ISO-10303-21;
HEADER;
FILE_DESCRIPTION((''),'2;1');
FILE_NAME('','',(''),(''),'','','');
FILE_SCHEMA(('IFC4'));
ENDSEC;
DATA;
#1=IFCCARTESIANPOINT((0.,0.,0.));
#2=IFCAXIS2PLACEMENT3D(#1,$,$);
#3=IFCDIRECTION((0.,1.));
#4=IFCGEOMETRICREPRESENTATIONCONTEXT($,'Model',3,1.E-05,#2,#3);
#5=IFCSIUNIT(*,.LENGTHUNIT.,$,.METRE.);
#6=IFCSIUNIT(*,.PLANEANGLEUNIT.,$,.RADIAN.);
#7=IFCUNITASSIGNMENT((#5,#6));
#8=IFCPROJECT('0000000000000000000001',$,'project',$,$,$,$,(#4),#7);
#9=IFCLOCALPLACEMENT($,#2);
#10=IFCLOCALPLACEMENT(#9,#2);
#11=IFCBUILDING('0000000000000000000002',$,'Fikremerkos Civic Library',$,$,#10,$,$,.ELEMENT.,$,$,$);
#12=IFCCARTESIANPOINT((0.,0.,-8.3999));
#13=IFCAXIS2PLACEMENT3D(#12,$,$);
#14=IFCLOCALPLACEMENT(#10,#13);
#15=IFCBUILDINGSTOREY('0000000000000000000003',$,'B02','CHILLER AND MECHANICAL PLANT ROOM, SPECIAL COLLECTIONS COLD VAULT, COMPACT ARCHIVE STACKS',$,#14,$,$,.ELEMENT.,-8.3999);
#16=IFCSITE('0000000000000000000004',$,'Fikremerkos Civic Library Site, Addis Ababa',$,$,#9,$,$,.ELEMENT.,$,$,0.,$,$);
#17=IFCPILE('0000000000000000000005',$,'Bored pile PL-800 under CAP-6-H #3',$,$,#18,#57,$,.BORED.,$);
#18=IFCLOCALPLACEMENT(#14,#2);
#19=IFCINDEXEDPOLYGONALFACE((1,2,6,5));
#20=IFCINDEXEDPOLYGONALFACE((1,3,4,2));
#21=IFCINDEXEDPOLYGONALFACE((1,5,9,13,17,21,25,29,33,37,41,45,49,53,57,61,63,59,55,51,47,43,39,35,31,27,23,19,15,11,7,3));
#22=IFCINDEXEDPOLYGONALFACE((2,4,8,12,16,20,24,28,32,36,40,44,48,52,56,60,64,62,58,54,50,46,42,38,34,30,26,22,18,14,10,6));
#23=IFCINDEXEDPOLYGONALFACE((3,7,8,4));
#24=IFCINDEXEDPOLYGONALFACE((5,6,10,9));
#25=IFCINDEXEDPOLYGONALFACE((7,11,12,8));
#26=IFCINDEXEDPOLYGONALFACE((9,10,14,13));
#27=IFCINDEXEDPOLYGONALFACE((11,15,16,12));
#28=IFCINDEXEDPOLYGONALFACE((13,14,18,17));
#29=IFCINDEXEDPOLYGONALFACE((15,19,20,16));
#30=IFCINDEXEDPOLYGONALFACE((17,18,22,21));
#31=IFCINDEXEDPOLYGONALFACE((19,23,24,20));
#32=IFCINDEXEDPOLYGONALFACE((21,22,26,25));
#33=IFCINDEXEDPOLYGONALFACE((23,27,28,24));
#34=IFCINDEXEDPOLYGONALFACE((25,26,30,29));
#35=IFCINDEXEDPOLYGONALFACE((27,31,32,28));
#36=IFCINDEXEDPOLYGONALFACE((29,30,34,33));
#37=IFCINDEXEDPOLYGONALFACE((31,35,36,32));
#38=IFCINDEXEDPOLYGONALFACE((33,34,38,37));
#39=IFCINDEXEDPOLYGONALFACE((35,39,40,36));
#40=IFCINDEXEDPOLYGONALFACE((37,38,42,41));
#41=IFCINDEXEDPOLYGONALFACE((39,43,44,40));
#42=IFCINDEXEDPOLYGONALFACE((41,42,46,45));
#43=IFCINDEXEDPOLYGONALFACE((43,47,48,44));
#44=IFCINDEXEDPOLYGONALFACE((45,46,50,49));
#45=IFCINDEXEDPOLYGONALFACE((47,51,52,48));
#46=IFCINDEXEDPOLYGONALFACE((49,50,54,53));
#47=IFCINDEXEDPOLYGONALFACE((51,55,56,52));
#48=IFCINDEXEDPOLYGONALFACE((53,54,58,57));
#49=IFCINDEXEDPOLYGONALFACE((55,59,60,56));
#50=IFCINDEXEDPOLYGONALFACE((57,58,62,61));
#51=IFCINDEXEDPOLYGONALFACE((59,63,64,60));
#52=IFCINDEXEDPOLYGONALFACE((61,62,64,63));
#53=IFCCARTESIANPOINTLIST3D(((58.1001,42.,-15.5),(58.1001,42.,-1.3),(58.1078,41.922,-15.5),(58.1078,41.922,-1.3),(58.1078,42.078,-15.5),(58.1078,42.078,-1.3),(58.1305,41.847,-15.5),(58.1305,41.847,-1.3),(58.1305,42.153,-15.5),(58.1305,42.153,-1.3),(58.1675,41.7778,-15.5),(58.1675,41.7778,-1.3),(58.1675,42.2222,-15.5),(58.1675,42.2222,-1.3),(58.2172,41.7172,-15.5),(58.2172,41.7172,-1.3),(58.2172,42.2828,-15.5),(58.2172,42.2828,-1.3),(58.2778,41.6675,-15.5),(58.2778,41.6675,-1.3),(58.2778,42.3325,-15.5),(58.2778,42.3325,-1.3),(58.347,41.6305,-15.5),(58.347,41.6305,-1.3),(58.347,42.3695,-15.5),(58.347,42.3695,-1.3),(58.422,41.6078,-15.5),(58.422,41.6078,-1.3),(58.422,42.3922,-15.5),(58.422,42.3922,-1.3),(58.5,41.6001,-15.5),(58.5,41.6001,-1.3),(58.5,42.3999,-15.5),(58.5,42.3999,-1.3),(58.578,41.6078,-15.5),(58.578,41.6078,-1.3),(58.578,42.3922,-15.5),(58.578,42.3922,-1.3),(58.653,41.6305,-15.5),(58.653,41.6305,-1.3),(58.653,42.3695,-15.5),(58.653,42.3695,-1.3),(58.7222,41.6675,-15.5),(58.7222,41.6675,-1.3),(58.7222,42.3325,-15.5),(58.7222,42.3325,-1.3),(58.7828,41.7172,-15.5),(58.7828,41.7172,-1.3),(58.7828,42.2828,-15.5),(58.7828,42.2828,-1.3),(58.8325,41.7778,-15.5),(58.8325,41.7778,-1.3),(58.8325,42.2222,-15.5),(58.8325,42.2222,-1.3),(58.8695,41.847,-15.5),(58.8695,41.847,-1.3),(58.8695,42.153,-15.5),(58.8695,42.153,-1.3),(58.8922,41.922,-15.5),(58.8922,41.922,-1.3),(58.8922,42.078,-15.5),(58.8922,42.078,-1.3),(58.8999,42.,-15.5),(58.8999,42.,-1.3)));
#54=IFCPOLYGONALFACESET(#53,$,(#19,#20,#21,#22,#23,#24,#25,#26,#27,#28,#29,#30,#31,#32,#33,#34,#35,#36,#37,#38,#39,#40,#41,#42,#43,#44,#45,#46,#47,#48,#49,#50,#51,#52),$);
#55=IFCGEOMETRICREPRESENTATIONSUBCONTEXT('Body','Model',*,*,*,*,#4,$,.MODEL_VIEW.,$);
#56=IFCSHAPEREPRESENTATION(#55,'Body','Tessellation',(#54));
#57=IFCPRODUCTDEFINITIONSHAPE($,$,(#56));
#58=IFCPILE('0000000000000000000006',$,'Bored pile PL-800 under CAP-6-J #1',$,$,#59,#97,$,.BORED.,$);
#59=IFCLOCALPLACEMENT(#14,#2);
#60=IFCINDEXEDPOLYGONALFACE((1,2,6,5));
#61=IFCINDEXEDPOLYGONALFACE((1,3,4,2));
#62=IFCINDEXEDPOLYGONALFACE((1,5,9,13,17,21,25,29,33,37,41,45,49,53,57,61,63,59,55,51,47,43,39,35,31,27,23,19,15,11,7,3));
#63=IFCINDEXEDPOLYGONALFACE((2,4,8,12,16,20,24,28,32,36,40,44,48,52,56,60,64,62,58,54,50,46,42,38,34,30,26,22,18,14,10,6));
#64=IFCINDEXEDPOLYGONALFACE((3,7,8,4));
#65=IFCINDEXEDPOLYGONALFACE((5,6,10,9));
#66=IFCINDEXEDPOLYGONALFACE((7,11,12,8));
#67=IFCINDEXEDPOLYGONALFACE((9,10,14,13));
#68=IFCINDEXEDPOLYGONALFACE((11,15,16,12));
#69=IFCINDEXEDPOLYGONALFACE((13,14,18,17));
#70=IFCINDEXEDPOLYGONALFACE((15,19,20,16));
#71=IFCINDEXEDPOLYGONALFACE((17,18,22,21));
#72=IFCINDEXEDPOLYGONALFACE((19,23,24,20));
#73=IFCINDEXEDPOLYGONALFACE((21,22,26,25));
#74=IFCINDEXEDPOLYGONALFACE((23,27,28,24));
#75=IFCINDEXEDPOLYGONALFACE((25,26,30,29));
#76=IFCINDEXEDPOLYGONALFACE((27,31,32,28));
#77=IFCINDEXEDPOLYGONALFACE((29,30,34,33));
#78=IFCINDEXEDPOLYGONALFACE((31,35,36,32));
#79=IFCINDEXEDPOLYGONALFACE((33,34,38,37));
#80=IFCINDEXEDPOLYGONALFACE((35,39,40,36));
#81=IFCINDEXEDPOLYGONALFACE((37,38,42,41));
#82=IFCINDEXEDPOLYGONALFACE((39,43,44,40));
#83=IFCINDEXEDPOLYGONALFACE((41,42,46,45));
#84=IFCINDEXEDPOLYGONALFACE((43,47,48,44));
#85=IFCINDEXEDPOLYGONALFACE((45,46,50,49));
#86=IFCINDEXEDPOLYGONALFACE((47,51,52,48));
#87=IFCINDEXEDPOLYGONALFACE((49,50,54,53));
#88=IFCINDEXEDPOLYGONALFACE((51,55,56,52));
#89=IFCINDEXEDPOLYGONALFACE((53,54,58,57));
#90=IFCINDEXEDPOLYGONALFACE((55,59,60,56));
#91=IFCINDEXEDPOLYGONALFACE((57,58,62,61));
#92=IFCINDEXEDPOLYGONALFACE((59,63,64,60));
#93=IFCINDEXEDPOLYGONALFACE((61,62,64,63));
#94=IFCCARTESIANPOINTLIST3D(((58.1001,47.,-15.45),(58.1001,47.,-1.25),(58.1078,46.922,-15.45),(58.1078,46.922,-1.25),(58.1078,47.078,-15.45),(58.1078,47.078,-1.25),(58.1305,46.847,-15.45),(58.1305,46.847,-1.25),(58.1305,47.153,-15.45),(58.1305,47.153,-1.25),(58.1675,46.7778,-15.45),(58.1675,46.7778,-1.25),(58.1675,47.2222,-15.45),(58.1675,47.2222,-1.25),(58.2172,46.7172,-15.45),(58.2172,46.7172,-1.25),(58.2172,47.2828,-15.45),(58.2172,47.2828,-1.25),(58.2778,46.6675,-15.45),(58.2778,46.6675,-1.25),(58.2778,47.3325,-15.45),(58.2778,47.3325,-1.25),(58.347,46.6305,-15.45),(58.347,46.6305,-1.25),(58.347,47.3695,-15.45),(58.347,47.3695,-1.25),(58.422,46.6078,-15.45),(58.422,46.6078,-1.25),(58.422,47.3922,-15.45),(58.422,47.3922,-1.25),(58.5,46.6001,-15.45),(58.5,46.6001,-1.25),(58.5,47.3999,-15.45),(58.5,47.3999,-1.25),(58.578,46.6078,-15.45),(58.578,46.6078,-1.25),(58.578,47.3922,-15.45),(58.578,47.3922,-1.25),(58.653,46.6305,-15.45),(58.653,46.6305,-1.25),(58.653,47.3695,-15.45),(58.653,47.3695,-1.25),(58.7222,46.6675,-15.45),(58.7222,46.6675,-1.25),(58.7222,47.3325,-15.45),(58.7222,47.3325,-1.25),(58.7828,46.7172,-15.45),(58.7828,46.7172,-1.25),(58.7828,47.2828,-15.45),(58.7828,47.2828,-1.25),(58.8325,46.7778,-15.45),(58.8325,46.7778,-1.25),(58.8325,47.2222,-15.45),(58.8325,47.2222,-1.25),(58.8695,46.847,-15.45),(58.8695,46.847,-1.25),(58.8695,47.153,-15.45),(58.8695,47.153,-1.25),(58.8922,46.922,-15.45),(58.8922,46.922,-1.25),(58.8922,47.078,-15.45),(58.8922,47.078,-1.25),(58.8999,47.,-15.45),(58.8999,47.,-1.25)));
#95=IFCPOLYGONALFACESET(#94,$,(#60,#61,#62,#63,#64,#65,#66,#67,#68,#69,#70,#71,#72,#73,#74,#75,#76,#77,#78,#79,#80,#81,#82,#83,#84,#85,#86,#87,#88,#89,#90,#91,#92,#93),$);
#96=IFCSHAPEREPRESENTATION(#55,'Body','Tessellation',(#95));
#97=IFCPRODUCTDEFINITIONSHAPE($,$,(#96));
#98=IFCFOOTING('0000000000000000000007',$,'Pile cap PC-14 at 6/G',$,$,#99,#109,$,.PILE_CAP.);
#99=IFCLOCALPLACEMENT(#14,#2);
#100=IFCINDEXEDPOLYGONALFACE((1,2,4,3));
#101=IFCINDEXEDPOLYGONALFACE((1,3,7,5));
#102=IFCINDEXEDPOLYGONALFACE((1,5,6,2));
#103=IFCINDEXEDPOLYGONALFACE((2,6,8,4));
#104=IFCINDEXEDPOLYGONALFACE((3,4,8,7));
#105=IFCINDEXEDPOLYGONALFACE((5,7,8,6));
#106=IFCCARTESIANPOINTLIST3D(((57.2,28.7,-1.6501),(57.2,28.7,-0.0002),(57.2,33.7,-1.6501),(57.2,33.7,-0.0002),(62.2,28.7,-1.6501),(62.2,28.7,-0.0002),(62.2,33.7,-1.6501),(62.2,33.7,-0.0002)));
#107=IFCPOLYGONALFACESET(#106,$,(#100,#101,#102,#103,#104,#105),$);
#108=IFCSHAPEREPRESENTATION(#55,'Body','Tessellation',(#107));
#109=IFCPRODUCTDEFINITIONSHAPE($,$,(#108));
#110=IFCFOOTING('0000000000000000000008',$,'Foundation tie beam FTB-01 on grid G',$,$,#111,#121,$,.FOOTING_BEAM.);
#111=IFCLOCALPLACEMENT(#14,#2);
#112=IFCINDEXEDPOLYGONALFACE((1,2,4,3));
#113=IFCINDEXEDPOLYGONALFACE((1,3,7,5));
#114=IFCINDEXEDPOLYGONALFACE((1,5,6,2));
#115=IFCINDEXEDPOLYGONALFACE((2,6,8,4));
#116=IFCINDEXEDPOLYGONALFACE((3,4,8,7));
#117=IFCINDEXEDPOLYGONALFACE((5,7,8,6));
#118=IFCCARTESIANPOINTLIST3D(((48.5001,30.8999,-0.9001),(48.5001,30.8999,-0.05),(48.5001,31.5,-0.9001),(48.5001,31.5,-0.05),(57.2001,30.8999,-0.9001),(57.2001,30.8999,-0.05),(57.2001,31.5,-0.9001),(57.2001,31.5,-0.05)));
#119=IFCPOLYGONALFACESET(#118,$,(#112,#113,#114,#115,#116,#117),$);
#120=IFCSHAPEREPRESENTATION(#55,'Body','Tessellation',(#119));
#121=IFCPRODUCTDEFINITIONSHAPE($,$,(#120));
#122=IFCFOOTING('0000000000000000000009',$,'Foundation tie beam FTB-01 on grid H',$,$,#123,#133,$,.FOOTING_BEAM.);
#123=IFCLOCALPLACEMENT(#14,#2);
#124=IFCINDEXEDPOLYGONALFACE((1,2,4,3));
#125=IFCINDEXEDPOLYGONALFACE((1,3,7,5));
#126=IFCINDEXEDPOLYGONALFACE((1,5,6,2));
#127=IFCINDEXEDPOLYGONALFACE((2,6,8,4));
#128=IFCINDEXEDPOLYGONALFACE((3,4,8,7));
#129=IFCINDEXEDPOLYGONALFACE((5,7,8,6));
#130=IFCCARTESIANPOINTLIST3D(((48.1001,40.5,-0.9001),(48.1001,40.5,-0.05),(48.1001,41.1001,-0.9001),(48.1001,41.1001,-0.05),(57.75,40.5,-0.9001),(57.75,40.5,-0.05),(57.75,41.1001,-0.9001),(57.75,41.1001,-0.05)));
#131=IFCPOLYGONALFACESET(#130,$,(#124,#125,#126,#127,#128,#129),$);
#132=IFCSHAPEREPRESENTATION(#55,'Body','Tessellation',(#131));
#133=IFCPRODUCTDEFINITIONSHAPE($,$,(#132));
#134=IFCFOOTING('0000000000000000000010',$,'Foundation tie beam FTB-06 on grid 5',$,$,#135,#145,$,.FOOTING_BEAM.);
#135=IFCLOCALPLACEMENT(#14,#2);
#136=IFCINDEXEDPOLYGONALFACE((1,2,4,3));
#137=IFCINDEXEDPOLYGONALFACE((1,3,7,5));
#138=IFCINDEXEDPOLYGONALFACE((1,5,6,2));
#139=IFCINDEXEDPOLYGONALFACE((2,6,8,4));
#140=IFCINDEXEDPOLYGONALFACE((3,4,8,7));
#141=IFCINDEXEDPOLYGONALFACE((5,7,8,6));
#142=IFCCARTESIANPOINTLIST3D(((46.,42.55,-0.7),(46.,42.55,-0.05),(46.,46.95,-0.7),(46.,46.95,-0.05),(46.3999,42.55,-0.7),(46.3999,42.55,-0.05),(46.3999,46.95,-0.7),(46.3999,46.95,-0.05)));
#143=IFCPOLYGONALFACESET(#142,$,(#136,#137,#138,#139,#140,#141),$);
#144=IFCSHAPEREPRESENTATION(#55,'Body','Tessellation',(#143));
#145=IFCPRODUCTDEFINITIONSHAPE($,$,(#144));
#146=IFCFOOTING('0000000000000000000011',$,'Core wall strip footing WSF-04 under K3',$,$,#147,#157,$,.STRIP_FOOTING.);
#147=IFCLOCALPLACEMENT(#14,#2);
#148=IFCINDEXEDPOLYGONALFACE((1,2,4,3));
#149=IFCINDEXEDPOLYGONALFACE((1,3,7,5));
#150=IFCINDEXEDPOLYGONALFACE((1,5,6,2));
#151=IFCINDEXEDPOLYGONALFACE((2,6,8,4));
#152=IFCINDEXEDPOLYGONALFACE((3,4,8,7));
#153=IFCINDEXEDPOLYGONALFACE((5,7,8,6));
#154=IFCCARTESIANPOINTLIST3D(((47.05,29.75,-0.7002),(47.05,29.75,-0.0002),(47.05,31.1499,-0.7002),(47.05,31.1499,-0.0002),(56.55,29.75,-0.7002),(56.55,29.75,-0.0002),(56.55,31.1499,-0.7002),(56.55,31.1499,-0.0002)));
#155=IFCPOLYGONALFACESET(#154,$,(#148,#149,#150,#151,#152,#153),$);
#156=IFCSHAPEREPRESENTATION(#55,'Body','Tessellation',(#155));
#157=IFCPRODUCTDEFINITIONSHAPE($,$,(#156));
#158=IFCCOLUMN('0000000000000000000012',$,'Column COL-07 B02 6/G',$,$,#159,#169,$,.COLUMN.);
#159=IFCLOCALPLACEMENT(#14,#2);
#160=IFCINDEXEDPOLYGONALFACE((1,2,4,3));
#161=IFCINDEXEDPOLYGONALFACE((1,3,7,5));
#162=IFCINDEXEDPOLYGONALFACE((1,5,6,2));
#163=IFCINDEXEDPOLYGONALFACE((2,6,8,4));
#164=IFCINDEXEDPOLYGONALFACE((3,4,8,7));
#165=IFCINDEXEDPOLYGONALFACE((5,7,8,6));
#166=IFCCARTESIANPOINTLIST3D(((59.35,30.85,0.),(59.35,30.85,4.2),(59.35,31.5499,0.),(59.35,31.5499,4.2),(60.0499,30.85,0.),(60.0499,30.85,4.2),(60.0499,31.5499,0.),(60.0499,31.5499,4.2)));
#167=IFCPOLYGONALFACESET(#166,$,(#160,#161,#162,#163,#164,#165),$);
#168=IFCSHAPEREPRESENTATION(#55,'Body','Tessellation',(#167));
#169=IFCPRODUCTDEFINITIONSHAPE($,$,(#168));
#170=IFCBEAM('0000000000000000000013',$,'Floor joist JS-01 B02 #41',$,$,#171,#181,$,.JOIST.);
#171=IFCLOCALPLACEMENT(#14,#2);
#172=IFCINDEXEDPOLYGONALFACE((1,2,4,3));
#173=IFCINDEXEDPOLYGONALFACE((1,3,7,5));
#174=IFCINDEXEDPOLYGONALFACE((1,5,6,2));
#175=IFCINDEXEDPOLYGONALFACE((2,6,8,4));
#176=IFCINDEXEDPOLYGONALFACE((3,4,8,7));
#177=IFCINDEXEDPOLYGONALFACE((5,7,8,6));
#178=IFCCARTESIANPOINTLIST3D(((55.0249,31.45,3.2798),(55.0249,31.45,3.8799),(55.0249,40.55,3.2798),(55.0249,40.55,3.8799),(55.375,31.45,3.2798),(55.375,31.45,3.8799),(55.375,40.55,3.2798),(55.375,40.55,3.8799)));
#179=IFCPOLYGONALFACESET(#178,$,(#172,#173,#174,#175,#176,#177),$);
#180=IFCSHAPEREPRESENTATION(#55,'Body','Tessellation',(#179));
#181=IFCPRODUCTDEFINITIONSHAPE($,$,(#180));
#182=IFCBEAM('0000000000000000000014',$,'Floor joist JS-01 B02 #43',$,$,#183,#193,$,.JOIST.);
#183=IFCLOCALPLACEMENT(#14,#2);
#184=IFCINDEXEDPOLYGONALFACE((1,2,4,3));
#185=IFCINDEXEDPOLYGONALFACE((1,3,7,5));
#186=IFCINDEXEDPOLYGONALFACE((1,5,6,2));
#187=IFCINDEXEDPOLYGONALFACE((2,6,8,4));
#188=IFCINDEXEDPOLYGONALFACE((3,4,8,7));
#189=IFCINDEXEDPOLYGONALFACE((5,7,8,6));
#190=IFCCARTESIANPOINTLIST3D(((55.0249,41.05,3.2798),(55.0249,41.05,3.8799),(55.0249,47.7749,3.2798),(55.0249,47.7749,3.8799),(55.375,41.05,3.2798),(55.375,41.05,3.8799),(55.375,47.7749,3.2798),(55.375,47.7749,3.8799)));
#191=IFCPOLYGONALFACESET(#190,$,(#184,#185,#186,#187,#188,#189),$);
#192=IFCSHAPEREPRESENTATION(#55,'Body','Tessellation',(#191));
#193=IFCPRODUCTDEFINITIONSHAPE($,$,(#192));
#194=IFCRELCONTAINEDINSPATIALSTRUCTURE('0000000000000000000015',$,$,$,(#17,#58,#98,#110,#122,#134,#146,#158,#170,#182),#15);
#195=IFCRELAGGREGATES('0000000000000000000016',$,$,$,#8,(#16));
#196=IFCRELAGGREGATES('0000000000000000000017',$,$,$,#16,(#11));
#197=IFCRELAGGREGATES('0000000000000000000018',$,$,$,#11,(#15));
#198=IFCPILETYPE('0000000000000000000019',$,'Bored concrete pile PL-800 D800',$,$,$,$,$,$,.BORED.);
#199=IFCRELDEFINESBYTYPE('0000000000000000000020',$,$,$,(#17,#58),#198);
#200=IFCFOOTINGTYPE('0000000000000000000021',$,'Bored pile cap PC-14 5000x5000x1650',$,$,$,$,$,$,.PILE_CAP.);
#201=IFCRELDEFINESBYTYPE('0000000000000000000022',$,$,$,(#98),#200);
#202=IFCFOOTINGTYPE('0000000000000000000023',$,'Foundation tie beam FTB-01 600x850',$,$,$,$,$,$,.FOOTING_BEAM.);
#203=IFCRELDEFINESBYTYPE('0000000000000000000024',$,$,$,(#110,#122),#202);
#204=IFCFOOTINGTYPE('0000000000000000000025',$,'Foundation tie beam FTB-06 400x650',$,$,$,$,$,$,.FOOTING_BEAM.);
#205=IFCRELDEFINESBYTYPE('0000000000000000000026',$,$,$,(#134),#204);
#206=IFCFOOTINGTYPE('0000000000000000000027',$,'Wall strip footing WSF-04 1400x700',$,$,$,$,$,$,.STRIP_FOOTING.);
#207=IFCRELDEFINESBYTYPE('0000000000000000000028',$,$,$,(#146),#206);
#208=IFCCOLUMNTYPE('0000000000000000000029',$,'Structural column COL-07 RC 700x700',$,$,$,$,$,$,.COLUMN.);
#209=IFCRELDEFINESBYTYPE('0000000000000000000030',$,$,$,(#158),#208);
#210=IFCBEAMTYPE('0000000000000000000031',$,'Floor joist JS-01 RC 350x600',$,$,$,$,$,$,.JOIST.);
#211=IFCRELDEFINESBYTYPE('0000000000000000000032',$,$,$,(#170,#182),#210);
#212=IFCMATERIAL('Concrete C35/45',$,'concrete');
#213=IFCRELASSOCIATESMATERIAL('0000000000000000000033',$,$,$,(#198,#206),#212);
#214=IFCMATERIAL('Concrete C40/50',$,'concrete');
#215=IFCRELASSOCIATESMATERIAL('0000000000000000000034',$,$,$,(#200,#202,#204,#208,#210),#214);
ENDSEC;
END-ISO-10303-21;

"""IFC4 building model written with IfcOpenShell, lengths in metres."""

from ifc_helpers import new_model, si_unit, direction, frame, origin, origin_2d, place, context, subcontext, project, spatial, rectangle, circle, extrude, material, material_profile, profile_set, type_object, element, save


model = new_model("IFC4")

# Units and contexts
model_context = context("Model", 3, precision=1e-05, world=origin(), true_north=direction((0.0, 1.0)))
body_context = subcontext(model_context, "Body", "Model", "MODEL_VIEW")
ifc_project = project(units=[si_unit("LENGTHUNIT", "METRE"), si_unit("PLANEANGLEUNIT", "RADIAN")], contexts=[model_context])

# Site, building, storey
site_placement = place(None, origin())
site = spatial("IfcSite", under=ifc_project, at=site_placement, Name="Fikremerkos Civic Library Site, Addis Ababa", CompositionType="ELEMENT", RefElevation=0.0)
building_placement = place(site_placement, origin())
building = spatial("IfcBuilding", under=site, at=building_placement, Name="Fikremerkos Civic Library", CompositionType="ELEMENT")
storey_placement = place(building_placement, frame((0.0, 0.0, -8.3999)))
storey = spatial("IfcBuildingStorey", under=building, at=storey_placement, Name="B02", Description="CHILLER AND MECHANICAL PLANT ROOM, SPECIAL COLLECTIONS COLD VAULT, COMPACT ARCHIVE STACKS", CompositionType="ELEMENT", Elevation=-8.3999)

# Piles
ifc_material_1 = material(Name="Concrete C35/45", Category="concrete")
ifc_material_profile_1 = material_profile(ifc_material_1, circle(Radius=0.3999, at=origin_2d()), Name="BORED PILE 800")
ifc_profile_set_1 = profile_set([ifc_material_profile_1], Name="Concrete C35/45")
pile_type_1 = type_object("IfcPileType", Name="Bored concrete pile PL-800 D800", PredefinedType="BORED", material=ifc_profile_set_1)
for number, where, z_axis, x_axis, name in (
    (1, (58.5, 42.0, -1.3), (0.0, 0.0, -1.0), (1.0, 0.0, 0.0), "Bored pile PL-800 under CAP-6-H #3"),
    (2, (58.5, 47.0, -1.25), (0.0, 0.0, -1.0), (1.0, 0.0, 0.0), "Bored pile PL-800 under CAP-6-J #1"),
):
    element("IfcPile", number, at=place(storey_placement, frame(where, z_axis=z_axis, x_axis=x_axis)), inside=storey, type_object=pile_type_1, Name=name, PredefinedType="BORED", context=body_context, shape_type="SweptSolid", body=[
        extrude(circle(Radius=0.3999, at=origin_2d()), origin(), (0.0, 0.0, 1.0), 14.2),
    ])

# Footings
ifc_material_2 = material(Name="Concrete C40/50", Category="concrete")
footing_type_1 = type_object("IfcFootingType", Name="Bored pile cap PC-14 5000x5000x1650", PredefinedType="PILE_CAP", material=ifc_material_2)
footing_1_placement = place(storey_placement, frame((59.7, 31.2, -1.6501), z_axis=(0.0, 0.0, 1.0), x_axis=(1.0, 0.0, 0.0)))
element("IfcFooting", 3, at=footing_1_placement, inside=storey, type_object=footing_type_1, Name="Pile cap PC-14 at 6/G", PredefinedType="PILE_CAP", context=body_context, shape_type="SweptSolid", body=[
    extrude(rectangle(XDim=5.0, YDim=5.0, at=origin_2d()), origin(), (0.0, 0.0, 1.0), 1.6499),
])
footing_type_2 = type_object("IfcFootingType", Name="Foundation tie beam FTB-01 600x850", PredefinedType="FOOTING_BEAM", material=ifc_material_2)
footing_2_placement = place(storey_placement, frame((52.8501, 31.2, -0.9001), z_axis=(0.0, 0.0, 1.0), x_axis=(1.0, 0.0, 0.0)))
element("IfcFooting", 4, at=footing_2_placement, inside=storey, type_object=footing_type_2, Name="Foundation tie beam FTB-01 on grid G", PredefinedType="FOOTING_BEAM", context=body_context, shape_type="SweptSolid", body=[
    extrude(rectangle(XDim=8.7, YDim=0.6001, at=origin_2d()), origin(), (0.0, 0.0, 1.0), 0.8501),
])
footing_3_placement = place(storey_placement, frame((52.925, 40.8, -0.9001), z_axis=(0.0, 0.0, 1.0), x_axis=(1.0, 0.0, 0.0)))
element("IfcFooting", 5, at=footing_3_placement, inside=storey, type_object=footing_type_2, Name="Foundation tie beam FTB-01 on grid H", PredefinedType="FOOTING_BEAM", context=body_context, shape_type="SweptSolid", body=[
    extrude(rectangle(XDim=9.6499, YDim=0.6001, at=origin_2d()), origin(), (0.0, 0.0, 1.0), 0.8501),
])
footing_type_3 = type_object("IfcFootingType", Name="Foundation tie beam FTB-06 400x650", PredefinedType="FOOTING_BEAM", material=ifc_material_2)
footing_4_placement = place(storey_placement, frame((46.2, 44.75, -0.7), z_axis=(0.0, 0.0, 1.0), x_axis=(0.0, 1.0, 0.0)))
element("IfcFooting", 6, at=footing_4_placement, inside=storey, type_object=footing_type_3, Name="Foundation tie beam FTB-06 on grid 5", PredefinedType="FOOTING_BEAM", context=body_context, shape_type="SweptSolid", body=[
    extrude(rectangle(XDim=4.3999, YDim=0.3999, at=origin_2d()), origin(), (0.0, 0.0, 1.0), 0.6499),
])
footing_type_4 = type_object("IfcFootingType", Name="Wall strip footing WSF-04 1400x700", PredefinedType="STRIP_FOOTING", material=ifc_material_1)
footing_5_placement = place(storey_placement, frame((51.8, 30.45, -0.7002), z_axis=(0.0, 0.0, 1.0), x_axis=(1.0, 0.0, 0.0)))
element("IfcFooting", 7, at=footing_5_placement, inside=storey, type_object=footing_type_4, Name="Core wall strip footing WSF-04 under K3", PredefinedType="STRIP_FOOTING", context=body_context, shape_type="SweptSolid", body=[
    extrude(rectangle(XDim=9.5, YDim=1.3999, at=origin_2d()), origin(), (0.0, 0.0, 1.0), 0.7),
])

# Column
ifc_material_profile_2 = material_profile(ifc_material_2, rectangle(XDim=0.7, YDim=0.7, at=origin_2d()), Name="RC 700x700")
ifc_profile_set_2 = profile_set([ifc_material_profile_2], Name="Concrete C40/50")
column_type = type_object("IfcColumnType", Name="Structural column COL-07 RC 700x700", PredefinedType="COLUMN", material=ifc_profile_set_2)
column_placement = place(storey_placement, frame((59.7, 31.2, 0.0), z_axis=(0.0, 0.0, 1.0), x_axis=(1.0, 0.0, 0.0)))
element("IfcColumn", 8, at=column_placement, inside=storey, type_object=column_type, Name="Column COL-07 B02 6/G", PredefinedType="COLUMN", context=body_context, shape_type="SweptSolid", body=[
    extrude(rectangle(XDim=0.7, YDim=0.7, at=origin_2d()), origin(), (0.0, 0.0, 1.0), 4.2),
])

# Beams
ifc_material_profile_3 = material_profile(ifc_material_2, rectangle(XDim=0.3501, YDim=0.6001, at=origin_2d()), Name="RC 350x600")
ifc_profile_set_3 = profile_set([ifc_material_profile_3], Name="Concrete C40/50")
beam_type_1 = type_object("IfcBeamType", Name="Floor joist JS-01 RC 350x600", PredefinedType="JOIST", material=ifc_profile_set_3)
beam_1_placement = place(storey_placement, frame((55.2, 31.45, 3.5798), z_axis=(0.0, 1.0, 0.0), x_axis=(-1.0, 0.0, 0.0)))
element("IfcBeam", 9, at=beam_1_placement, inside=storey, type_object=beam_type_1, Name="Floor joist JS-01 B02 #41", PredefinedType="JOIST", context=body_context, shape_type="SweptSolid", body=[
    extrude(rectangle(XDim=0.3501, YDim=0.6001, at=origin_2d()), origin(), (0.0, 0.0, 1.0), 9.1001),
])
beam_2_placement = place(storey_placement, frame((55.2, 41.05, 3.5798), z_axis=(0.0, 1.0, 0.0), x_axis=(-1.0, 0.0, 0.0)))
element("IfcBeam", 10, at=beam_2_placement, inside=storey, type_object=beam_type_1, Name="Floor joist JS-01 B02 #43", PredefinedType="JOIST", context=body_context, shape_type="SweptSolid", body=[
    extrude(rectangle(XDim=0.3501, YDim=0.6001, at=origin_2d()), origin(), (0.0, 0.0, 1.0), 6.7249),
])

save(model, "model.ifc")
